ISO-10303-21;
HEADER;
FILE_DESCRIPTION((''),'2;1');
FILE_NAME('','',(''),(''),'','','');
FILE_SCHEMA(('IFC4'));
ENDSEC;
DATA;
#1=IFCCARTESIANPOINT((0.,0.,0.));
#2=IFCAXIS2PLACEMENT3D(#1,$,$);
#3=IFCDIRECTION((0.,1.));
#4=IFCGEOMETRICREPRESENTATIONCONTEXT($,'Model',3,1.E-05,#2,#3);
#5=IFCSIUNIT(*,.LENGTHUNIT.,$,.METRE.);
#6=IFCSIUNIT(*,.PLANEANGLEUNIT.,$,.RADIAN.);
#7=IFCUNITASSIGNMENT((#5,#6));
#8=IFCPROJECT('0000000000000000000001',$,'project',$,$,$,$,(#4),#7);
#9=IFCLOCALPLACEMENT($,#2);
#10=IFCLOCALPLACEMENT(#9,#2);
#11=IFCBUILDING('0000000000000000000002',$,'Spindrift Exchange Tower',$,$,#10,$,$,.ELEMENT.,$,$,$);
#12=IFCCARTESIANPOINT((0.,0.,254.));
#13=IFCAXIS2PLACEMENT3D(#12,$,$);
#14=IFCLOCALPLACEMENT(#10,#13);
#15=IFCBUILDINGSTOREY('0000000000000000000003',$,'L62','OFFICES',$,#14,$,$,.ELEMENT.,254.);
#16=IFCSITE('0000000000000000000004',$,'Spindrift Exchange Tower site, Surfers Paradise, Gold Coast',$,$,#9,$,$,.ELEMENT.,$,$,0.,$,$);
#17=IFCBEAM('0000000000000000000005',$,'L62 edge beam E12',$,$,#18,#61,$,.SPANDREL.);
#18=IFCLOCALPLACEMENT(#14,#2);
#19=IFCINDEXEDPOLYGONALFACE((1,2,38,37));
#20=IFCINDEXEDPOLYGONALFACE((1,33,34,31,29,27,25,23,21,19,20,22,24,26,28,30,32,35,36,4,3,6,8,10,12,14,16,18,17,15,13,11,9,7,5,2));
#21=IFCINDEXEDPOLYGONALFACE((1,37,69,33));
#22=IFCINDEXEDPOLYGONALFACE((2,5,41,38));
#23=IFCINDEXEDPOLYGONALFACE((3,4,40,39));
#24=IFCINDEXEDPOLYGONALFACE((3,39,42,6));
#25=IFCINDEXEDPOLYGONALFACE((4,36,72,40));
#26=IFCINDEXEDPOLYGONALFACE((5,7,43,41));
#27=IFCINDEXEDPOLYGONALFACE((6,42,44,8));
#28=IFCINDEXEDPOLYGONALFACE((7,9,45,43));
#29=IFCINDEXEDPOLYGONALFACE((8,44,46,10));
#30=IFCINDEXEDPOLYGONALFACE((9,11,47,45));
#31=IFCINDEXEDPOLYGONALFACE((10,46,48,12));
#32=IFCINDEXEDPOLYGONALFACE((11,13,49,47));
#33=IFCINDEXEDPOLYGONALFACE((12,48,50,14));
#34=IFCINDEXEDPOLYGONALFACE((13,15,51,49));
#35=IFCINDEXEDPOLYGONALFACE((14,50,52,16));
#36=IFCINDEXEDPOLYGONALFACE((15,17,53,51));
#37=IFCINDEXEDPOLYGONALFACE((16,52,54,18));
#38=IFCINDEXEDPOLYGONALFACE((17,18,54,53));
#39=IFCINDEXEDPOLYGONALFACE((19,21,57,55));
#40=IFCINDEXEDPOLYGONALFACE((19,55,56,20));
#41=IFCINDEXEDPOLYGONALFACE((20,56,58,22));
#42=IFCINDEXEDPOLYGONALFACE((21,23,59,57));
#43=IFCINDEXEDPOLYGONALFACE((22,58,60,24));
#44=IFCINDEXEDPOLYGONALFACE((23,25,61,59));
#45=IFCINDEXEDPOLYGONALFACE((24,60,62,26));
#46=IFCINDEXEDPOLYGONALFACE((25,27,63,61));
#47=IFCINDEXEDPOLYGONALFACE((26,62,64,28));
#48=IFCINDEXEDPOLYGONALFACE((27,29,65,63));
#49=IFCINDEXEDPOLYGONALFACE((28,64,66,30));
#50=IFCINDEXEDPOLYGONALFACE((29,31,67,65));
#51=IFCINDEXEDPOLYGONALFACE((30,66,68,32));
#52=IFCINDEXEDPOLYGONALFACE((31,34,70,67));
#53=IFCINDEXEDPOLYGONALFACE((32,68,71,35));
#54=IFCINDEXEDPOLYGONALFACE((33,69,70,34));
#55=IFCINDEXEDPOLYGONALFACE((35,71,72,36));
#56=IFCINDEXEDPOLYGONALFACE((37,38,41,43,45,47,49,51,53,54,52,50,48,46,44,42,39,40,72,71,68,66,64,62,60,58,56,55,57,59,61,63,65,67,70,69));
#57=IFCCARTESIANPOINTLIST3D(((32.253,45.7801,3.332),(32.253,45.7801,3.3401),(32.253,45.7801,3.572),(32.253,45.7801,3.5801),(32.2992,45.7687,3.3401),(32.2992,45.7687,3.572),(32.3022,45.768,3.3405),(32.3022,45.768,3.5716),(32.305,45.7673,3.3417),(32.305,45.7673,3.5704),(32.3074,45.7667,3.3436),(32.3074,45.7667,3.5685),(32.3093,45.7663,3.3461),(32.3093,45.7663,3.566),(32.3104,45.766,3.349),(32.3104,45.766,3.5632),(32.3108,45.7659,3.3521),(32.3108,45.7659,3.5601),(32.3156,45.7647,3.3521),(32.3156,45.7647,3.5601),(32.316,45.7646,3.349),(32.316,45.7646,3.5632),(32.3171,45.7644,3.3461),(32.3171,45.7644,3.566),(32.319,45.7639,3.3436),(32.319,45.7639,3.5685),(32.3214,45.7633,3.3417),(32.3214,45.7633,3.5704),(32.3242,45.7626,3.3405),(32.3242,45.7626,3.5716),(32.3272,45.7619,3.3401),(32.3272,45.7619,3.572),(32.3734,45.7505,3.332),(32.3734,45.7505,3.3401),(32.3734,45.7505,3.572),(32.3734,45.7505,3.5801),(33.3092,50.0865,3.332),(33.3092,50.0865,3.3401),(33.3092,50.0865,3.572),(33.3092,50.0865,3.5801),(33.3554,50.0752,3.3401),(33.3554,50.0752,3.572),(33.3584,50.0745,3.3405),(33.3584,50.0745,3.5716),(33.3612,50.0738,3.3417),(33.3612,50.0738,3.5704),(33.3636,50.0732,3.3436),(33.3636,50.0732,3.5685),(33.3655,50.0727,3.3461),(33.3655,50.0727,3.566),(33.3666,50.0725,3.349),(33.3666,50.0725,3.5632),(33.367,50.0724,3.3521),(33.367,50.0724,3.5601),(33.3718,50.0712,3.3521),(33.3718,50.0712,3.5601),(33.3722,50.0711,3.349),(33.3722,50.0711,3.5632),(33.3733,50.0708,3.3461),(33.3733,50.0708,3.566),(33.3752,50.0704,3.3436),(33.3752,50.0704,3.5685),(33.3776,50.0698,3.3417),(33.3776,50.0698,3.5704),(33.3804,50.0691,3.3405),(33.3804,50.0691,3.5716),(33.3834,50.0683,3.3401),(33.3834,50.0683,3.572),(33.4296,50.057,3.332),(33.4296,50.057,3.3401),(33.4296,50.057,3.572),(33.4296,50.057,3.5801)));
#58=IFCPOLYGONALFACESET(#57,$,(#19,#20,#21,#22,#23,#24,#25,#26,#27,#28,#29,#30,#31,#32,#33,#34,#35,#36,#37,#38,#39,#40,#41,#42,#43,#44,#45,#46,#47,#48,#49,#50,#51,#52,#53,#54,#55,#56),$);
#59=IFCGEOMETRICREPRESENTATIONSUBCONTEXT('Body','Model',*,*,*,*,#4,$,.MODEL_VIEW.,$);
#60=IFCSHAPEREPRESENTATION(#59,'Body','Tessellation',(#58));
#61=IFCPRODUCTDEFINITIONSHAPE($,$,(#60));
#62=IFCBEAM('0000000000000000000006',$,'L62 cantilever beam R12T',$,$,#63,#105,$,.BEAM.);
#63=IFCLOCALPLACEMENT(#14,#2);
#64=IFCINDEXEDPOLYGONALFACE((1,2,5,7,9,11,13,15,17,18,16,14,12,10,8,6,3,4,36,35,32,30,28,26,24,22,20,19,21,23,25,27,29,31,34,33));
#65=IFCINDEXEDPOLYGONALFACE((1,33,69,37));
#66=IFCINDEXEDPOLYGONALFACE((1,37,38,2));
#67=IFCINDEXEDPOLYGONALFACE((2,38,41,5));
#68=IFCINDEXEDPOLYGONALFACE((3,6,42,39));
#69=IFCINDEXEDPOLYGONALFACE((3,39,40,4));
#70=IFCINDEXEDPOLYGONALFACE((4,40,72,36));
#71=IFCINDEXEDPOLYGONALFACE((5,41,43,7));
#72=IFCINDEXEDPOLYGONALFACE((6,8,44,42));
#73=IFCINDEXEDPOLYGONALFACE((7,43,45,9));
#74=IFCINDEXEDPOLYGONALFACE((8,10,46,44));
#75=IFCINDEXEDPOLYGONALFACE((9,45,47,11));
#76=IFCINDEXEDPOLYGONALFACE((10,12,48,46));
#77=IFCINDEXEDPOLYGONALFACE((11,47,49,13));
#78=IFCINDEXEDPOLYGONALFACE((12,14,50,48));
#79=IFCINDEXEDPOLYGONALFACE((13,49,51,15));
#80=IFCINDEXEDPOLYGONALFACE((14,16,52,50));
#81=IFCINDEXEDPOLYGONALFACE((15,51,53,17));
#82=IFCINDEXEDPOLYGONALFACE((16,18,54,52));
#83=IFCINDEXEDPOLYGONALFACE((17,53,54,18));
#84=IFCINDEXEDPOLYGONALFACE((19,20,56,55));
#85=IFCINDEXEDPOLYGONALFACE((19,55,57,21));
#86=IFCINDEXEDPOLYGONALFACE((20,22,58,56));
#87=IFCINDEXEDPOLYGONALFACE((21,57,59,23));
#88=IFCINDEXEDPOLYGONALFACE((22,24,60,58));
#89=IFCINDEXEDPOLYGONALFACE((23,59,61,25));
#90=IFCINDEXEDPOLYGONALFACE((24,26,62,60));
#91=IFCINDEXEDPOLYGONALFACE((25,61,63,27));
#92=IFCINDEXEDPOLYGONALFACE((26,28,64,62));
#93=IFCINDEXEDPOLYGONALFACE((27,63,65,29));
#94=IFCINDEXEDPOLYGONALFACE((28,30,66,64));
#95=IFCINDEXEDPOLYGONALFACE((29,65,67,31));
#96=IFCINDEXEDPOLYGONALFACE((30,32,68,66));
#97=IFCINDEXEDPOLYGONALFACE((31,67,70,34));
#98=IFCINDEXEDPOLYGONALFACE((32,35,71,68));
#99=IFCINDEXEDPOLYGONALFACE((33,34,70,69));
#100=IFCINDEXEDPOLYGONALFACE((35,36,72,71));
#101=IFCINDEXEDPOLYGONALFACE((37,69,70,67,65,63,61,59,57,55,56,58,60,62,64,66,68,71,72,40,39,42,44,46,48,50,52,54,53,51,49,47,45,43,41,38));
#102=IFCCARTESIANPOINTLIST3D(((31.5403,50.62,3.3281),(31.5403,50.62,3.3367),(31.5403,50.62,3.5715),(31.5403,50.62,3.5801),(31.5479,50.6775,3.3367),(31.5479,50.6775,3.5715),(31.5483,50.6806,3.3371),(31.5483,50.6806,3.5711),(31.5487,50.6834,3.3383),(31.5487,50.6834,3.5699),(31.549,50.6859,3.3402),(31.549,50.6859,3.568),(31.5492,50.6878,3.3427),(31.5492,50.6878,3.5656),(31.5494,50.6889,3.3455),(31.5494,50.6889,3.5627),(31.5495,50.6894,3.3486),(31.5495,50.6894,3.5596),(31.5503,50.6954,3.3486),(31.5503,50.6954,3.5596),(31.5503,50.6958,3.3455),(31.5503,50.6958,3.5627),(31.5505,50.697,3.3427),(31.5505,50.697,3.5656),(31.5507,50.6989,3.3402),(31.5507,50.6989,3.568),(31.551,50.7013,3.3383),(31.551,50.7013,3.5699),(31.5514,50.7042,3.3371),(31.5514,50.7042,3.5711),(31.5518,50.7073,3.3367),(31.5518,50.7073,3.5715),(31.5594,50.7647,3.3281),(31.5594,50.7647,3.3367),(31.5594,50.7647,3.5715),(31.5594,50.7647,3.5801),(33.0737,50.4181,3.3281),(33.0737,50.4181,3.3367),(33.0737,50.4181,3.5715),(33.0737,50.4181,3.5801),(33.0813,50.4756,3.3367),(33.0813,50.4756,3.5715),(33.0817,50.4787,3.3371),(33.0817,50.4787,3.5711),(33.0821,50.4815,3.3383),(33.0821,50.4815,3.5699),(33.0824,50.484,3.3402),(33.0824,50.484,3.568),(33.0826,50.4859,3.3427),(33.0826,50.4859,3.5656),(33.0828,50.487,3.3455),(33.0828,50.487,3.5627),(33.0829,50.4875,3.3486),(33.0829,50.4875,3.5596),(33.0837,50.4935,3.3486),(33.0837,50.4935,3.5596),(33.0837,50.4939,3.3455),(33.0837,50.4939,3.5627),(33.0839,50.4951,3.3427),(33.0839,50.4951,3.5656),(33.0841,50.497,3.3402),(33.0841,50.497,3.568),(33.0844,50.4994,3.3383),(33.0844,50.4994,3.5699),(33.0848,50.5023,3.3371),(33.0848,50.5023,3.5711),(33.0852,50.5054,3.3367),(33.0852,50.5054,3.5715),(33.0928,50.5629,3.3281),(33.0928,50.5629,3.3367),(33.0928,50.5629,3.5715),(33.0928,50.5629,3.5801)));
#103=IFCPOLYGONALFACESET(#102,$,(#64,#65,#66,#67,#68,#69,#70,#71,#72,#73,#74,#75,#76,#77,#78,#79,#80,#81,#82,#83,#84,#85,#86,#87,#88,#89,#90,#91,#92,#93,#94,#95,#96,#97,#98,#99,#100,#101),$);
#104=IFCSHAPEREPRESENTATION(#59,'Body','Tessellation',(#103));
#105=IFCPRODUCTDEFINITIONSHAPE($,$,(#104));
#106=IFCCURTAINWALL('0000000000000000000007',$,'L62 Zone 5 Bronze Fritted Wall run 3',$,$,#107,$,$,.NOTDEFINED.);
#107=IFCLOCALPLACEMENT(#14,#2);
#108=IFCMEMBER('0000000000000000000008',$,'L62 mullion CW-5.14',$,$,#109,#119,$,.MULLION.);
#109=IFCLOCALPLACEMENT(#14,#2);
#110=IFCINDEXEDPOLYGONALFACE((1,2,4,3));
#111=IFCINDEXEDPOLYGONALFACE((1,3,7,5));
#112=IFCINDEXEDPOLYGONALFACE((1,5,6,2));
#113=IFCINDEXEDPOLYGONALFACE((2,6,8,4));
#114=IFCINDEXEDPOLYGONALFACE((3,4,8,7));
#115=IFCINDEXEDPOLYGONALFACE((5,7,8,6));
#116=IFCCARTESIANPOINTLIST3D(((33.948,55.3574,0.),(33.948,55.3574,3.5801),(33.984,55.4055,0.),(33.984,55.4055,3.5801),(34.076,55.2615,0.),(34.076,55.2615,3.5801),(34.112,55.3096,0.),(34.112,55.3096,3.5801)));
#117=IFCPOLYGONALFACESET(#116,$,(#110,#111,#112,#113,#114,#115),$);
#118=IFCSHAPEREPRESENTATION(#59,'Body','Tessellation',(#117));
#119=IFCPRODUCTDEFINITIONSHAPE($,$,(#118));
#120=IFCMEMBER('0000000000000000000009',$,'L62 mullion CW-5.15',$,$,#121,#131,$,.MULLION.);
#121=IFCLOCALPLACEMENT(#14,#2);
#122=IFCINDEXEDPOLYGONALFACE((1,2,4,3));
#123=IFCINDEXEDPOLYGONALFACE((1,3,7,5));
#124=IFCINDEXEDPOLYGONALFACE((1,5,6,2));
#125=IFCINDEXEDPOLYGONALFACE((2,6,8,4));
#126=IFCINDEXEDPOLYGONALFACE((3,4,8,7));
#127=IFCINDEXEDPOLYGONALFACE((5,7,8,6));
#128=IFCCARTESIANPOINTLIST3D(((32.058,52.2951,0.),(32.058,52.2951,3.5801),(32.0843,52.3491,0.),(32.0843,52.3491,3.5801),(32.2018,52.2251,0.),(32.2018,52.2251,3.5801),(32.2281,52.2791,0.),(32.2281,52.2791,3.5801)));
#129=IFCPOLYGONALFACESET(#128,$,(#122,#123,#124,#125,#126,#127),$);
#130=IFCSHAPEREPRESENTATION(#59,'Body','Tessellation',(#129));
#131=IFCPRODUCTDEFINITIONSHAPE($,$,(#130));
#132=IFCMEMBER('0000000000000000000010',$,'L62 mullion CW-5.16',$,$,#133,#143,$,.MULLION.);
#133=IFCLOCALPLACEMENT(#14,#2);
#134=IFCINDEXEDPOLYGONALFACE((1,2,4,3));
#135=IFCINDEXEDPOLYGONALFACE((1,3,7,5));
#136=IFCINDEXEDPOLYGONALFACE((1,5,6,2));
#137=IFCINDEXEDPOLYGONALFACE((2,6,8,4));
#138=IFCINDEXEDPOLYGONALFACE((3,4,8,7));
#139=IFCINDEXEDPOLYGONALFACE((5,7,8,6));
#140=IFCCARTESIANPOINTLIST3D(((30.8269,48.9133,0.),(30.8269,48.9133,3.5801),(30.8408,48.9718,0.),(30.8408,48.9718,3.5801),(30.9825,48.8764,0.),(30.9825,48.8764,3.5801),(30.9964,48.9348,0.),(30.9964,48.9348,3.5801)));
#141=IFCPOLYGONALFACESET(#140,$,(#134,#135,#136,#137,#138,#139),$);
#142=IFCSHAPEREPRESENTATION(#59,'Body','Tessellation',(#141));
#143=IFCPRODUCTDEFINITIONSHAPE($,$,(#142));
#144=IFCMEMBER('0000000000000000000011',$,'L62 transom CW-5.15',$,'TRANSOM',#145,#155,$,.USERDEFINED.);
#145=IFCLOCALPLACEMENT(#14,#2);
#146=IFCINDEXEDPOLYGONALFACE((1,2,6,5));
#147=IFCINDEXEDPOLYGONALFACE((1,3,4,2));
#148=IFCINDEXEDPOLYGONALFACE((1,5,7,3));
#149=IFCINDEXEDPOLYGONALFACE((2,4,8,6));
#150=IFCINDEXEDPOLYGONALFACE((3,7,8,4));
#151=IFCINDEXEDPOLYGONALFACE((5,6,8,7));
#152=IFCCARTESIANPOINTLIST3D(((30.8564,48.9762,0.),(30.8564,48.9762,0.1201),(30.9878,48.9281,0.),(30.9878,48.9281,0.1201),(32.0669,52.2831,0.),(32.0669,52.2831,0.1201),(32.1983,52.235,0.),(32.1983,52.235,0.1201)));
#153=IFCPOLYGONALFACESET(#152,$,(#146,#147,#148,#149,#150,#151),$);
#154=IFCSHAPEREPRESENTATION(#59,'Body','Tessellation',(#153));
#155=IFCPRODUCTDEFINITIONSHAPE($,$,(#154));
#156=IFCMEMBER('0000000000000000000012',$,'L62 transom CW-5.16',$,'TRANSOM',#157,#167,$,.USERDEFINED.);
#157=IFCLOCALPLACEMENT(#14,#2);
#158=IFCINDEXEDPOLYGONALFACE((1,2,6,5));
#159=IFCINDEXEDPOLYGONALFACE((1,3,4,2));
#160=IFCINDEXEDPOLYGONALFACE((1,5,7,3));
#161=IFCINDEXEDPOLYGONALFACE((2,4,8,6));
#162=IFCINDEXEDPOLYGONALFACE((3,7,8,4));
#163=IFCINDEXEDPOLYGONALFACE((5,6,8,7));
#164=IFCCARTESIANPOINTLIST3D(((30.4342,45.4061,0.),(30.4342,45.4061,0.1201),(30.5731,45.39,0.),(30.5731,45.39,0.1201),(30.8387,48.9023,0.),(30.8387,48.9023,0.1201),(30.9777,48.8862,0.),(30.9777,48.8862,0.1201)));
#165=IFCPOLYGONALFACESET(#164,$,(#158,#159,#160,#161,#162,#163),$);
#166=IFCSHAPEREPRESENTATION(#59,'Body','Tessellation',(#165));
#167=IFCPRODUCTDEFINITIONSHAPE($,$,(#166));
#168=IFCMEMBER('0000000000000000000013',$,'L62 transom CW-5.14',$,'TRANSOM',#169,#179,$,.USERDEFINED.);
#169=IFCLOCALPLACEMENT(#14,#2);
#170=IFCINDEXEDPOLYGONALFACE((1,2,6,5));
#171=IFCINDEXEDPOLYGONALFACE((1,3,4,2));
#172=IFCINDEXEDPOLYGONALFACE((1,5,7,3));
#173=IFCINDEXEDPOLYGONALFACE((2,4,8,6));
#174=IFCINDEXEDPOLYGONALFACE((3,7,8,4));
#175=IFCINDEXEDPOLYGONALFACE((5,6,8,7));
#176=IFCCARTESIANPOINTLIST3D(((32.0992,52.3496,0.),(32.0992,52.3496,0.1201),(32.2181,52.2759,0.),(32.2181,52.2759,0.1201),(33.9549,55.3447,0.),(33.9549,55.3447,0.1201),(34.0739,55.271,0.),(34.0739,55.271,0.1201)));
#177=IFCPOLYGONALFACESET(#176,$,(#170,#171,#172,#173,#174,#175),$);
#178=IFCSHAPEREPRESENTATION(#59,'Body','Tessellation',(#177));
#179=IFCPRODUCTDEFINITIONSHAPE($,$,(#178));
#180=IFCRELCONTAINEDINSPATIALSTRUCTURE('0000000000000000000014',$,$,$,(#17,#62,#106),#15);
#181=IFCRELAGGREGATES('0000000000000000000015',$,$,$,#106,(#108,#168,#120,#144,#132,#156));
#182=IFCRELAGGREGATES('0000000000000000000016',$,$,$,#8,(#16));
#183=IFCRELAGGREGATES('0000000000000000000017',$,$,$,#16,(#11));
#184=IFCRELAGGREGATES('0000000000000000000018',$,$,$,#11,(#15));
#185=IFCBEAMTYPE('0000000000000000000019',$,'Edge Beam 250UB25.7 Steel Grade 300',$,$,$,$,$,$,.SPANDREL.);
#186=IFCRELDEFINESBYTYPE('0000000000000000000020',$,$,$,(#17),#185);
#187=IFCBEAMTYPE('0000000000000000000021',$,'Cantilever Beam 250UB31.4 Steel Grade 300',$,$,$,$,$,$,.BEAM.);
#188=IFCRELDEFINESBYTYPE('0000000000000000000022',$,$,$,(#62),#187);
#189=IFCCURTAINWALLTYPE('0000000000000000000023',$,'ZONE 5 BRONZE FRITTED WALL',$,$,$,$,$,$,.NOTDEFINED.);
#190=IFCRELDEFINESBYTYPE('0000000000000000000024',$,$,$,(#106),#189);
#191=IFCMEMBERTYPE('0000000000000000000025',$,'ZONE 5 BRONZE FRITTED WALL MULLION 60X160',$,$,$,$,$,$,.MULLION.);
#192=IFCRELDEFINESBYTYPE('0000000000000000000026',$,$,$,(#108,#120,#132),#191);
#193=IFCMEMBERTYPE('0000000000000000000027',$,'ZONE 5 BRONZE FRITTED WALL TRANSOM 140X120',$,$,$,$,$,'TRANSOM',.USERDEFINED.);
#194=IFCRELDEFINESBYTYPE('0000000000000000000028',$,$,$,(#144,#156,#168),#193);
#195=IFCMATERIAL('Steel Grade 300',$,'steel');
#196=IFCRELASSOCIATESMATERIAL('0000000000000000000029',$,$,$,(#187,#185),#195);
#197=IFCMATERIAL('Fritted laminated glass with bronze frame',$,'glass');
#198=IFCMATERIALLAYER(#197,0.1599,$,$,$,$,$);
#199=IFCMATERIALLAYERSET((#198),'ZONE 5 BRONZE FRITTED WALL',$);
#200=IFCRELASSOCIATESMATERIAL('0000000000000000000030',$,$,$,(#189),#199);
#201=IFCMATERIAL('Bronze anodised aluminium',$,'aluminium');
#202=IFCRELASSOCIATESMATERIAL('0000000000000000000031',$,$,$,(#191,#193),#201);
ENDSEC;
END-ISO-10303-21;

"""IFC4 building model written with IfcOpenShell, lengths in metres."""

from ifc_helpers import new_model, si_unit, direction, frame, origin, origin_2d, place, context, subcontext, project, spatial, rectangle, i_section, extrude, source, transform, mapped, material, layer, layer_set, material_profile, profile_set, type_object, element, aggregate, save


model = new_model("IFC4")

# Units and contexts
model_context = context("Model", 3, precision=1e-05, world=origin(), true_north=direction((0.0, 1.0)))
body_context = subcontext(model_context, "Body", "Model", "MODEL_VIEW")
ifc_project = project(units=[si_unit("LENGTHUNIT", "METRE"), si_unit("PLANEANGLEUNIT", "RADIAN")], contexts=[model_context])

# Site, building, storey
site_placement = place(None, origin())
site = spatial("IfcSite", under=ifc_project, at=site_placement, Name="Spindrift Exchange Tower site, Surfers Paradise, Gold Coast", CompositionType="ELEMENT", RefElevation=0.0)
building_placement = place(site_placement, origin())
building = spatial("IfcBuilding", under=site, at=building_placement, Name="Spindrift Exchange Tower", CompositionType="ELEMENT")
storey_placement = place(building_placement, frame((0.0, 0.0, 254.0)))
storey = spatial("IfcBuildingStorey", under=building, at=storey_placement, Name="L62", Description="OFFICES", CompositionType="ELEMENT", Elevation=254.0)

# Beams
ifc_material_1 = material(Name="Steel Grade 300", Category="steel")
ifc_material_profile_1 = material_profile(ifc_material_1, i_section(OverallWidth=0.146, OverallDepth=0.252, WebThickness=0.0061, FlangeThickness=0.0085, FilletRadius=0.012, at=origin_2d()), Name="250UB31.4")
ifc_profile_set_1 = profile_set([ifc_material_profile_1], Name="Steel Grade 300")
beam_type_1 = type_object("IfcBeamType", Name="Cantilever Beam 250UB31.4 Steel Grade 300", PredefinedType="BEAM", material=ifc_profile_set_1)
ifc_material_profile_2 = material_profile(ifc_material_1, i_section(OverallWidth=0.124, OverallDepth=0.248, WebThickness=0.0049, FlangeThickness=0.0081, FilletRadius=0.012, at=origin_2d()), Name="250UB25.7")
ifc_profile_set_2 = profile_set([ifc_material_profile_2], Name="Steel Grade 300")
beam_type_2 = type_object("IfcBeamType", Name="Edge Beam 250UB25.7 Steel Grade 300", PredefinedType="SPANDREL", material=ifc_profile_set_2)
shared_shape_1 = source(origin(), body_context, "Body", "SweptSolid", [
    extrude(i_section(OverallWidth=0.124, OverallDepth=0.248, WebThickness=0.0049, FlangeThickness=0.0081, FilletRadius=0.012, at=origin_2d()), origin(), (0.0, 0.0, 1.0), 4.4341),
])
beam_1_placement = place(storey_placement, frame((33.3694, 50.0718, 3.4561), z_axis=(-0.238193, -0.971218, 0.0), x_axis=(0.971218, -0.238193, 0.0)))
element("IfcBeam", 1, at=beam_1_placement, inside=storey, type_object=beam_type_2, Name="L62 edge beam E12", PredefinedType="SPANDREL", context=body_context, shape_type="MappedRepresentation", body=[
    mapped(shared_shape_1, transform((0.0, 0.0, 0.0), scale=1.0)),
])
shared_shape_2 = source(origin(), body_context, "Body", "SweptSolid", [
    extrude(i_section(OverallWidth=0.146, OverallDepth=0.252, WebThickness=0.0061, FlangeThickness=0.0085, FilletRadius=0.012, at=origin_2d()), origin(), (0.0, 0.0, 1.0), 1.5466),
])
beam_2_placement = place(storey_placement, frame((33.0833, 50.4905, 3.4541), z_axis=(-0.991443, 0.13054, 0.0), x_axis=(-0.13054, -0.991443, 0.0)))
element("IfcBeam", 2, at=beam_2_placement, inside=storey, type_object=beam_type_1, Name="L62 cantilever beam R12T", PredefinedType="BEAM", context=body_context, shape_type="MappedRepresentation", body=[
    mapped(shared_shape_2, transform((0.0, 0.0, 0.0), scale=1.0)),
])

# Curtain wall, members
ifc_material_2 = material(Name="Fritted laminated glass with bronze frame", Category="glass")
ifc_layer_1 = layer(ifc_material_2, 0.1599)
ifc_layer_set_1 = layer_set([ifc_layer_1], Name="ZONE 5 BRONZE FRITTED WALL")
curtain_wall_type = type_object("IfcCurtainWallType", Name="ZONE 5 BRONZE FRITTED WALL", PredefinedType="NOTDEFINED", material=ifc_layer_set_1)
curtain_wall_placement = place(storey_placement, origin())
curtain_wall = element("IfcCurtainWall", 3, at=curtain_wall_placement, inside=storey, type_object=curtain_wall_type, Name="L62 Zone 5 Bronze Fritted Wall run 3", PredefinedType="NOTDEFINED")
ifc_material_3 = material(Name="Bronze anodised aluminium", Category="aluminium")
ifc_material_profile_3 = material_profile(ifc_material_3, rectangle(XDim=0.0601, YDim=0.1599, at=origin_2d()), Name="ZONE 5 BRONZE FRITTED WALL MULLION 60X160")
ifc_profile_set_3 = profile_set([ifc_material_profile_3], Name="Bronze anodised aluminium")
member_type_1 = type_object("IfcMemberType", Name="ZONE 5 BRONZE FRITTED WALL MULLION 60X160", PredefinedType="MULLION", material=ifc_profile_set_3)
shared_shape_3 = source(origin(), body_context, "Body", "SweptSolid", [
    extrude(rectangle(XDim=0.0601, YDim=0.1599, at=origin_2d()), origin(), (0.0, 0.0, 1.0), 3.5801),
])
member_1_placement = place(storey_placement, frame((34.03, 55.3335, 0.0), z_axis=(0.0, 0.0, 1.0), x_axis=(-0.599296, -0.800528, 0.0)))
member_1 = element("IfcMember", 4, at=member_1_placement, type_object=member_type_1, Name="L62 mullion CW-5.14", PredefinedType="MULLION", context=body_context, shape_type="MappedRepresentation", body=[
    mapped(shared_shape_3, transform((0.0, 0.0, 0.0), scale=1.0)),
])
member_2_placement = place(storey_placement, frame((32.1431, 52.2871, 0.0), z_axis=(0.0, 0.0, 1.0), x_axis=(-0.437478, -0.899229, 0.0)))
member_2 = element("IfcMember", 5, at=member_2_placement, type_object=member_type_1, Name="L62 mullion CW-5.15", PredefinedType="MULLION", context=body_context, shape_type="MappedRepresentation", body=[
    mapped(shared_shape_3, transform((0.0, 0.0, 0.0), scale=1.0)),
])
member_3_placement = place(storey_placement, frame((30.9116, 48.9241, 0.0), z_axis=(0.0, 0.0, 1.0), x_axis=(-0.230996, -0.972955, 0.0)))
member_3 = element("IfcMember", 6, at=member_3_placement, type_object=member_type_1, Name="L62 mullion CW-5.16", PredefinedType="MULLION", context=body_context, shape_type="MappedRepresentation", body=[
    mapped(shared_shape_3, transform((0.0, 0.0, 0.0), scale=1.0)),
])
ifc_material_profile_4 = material_profile(ifc_material_3, rectangle(XDim=0.1399, YDim=0.1201, at=origin_2d()), Name="ZONE 5 BRONZE FRITTED WALL TRANSOM 140X120")
ifc_profile_set_4 = profile_set([ifc_material_profile_4], Name="Bronze anodised aluminium")
member_type_2 = type_object("IfcMemberType", Name="ZONE 5 BRONZE FRITTED WALL TRANSOM 140X120", ElementType="TRANSOM", PredefinedType="USERDEFINED", material=ifc_profile_set_4)
shared_shape_4 = source(origin(), body_context, "Body", "SweptSolid", [
    extrude(rectangle(XDim=0.1399, YDim=0.1201, at=origin_2d()), origin(), (0.0, 0.0, 1.0), 3.5215),
])
member_4_placement = place(storey_placement, frame((32.1326, 52.259, 0.0601), z_axis=(-0.343735, -0.939067, 0.0), x_axis=(0.939067, -0.343735, 0.0)))
member_4 = element("IfcMember", 7, at=member_4_placement, type_object=member_type_2, Name="L62 transom CW-5.15", ObjectType="TRANSOM", PredefinedType="USERDEFINED", context=body_context, shape_type="MappedRepresentation", body=[
    mapped(shared_shape_4, transform((0.0, 0.0, 0.0), scale=1.0)),
])
shared_shape_5 = source(origin(), body_context, "Body", "SweptSolid", [
    extrude(rectangle(XDim=0.1399, YDim=0.1201, at=origin_2d()), origin(), (0.0, 0.0, 1.0), 3.5195),
])
member_5_placement = place(storey_placement, frame((30.9082, 48.8943, 0.0601), z_axis=(-0.114945, -0.993372, 0.0), x_axis=(0.993372, -0.114945, 0.0)))
member_5 = element("IfcMember", 8, at=member_5_placement, type_object=member_type_2, Name="L62 transom CW-5.16", ObjectType="TRANSOM", PredefinedType="USERDEFINED", context=body_context, shape_type="MappedRepresentation", body=[
    mapped(shared_shape_5, transform((0.0, 0.0, 0.0), scale=1.0)),
])
shared_shape_6 = source(origin(), body_context, "Body", "SweptSolid", [
    extrude(rectangle(XDim=0.1399, YDim=0.1201, at=origin_2d()), origin(), (0.0, 0.0, 1.0), 3.5234),
])
member_6_placement = place(storey_placement, frame((34.0144, 55.3079, 0.0601), z_axis=(-0.526681, -0.850063, 0.0), x_axis=(0.850063, -0.526681, 0.0)))
member_6 = element("IfcMember", 9, at=member_6_placement, type_object=member_type_2, Name="L62 transom CW-5.14", ObjectType="TRANSOM", PredefinedType="USERDEFINED", context=body_context, shape_type="MappedRepresentation", body=[
    mapped(shared_shape_6, transform((0.0, 0.0, 0.0), scale=1.0)),
])
aggregate(curtain_wall, [member_1, member_6, member_2, member_4, member_3, member_5])

save(model, "model.ifc")
